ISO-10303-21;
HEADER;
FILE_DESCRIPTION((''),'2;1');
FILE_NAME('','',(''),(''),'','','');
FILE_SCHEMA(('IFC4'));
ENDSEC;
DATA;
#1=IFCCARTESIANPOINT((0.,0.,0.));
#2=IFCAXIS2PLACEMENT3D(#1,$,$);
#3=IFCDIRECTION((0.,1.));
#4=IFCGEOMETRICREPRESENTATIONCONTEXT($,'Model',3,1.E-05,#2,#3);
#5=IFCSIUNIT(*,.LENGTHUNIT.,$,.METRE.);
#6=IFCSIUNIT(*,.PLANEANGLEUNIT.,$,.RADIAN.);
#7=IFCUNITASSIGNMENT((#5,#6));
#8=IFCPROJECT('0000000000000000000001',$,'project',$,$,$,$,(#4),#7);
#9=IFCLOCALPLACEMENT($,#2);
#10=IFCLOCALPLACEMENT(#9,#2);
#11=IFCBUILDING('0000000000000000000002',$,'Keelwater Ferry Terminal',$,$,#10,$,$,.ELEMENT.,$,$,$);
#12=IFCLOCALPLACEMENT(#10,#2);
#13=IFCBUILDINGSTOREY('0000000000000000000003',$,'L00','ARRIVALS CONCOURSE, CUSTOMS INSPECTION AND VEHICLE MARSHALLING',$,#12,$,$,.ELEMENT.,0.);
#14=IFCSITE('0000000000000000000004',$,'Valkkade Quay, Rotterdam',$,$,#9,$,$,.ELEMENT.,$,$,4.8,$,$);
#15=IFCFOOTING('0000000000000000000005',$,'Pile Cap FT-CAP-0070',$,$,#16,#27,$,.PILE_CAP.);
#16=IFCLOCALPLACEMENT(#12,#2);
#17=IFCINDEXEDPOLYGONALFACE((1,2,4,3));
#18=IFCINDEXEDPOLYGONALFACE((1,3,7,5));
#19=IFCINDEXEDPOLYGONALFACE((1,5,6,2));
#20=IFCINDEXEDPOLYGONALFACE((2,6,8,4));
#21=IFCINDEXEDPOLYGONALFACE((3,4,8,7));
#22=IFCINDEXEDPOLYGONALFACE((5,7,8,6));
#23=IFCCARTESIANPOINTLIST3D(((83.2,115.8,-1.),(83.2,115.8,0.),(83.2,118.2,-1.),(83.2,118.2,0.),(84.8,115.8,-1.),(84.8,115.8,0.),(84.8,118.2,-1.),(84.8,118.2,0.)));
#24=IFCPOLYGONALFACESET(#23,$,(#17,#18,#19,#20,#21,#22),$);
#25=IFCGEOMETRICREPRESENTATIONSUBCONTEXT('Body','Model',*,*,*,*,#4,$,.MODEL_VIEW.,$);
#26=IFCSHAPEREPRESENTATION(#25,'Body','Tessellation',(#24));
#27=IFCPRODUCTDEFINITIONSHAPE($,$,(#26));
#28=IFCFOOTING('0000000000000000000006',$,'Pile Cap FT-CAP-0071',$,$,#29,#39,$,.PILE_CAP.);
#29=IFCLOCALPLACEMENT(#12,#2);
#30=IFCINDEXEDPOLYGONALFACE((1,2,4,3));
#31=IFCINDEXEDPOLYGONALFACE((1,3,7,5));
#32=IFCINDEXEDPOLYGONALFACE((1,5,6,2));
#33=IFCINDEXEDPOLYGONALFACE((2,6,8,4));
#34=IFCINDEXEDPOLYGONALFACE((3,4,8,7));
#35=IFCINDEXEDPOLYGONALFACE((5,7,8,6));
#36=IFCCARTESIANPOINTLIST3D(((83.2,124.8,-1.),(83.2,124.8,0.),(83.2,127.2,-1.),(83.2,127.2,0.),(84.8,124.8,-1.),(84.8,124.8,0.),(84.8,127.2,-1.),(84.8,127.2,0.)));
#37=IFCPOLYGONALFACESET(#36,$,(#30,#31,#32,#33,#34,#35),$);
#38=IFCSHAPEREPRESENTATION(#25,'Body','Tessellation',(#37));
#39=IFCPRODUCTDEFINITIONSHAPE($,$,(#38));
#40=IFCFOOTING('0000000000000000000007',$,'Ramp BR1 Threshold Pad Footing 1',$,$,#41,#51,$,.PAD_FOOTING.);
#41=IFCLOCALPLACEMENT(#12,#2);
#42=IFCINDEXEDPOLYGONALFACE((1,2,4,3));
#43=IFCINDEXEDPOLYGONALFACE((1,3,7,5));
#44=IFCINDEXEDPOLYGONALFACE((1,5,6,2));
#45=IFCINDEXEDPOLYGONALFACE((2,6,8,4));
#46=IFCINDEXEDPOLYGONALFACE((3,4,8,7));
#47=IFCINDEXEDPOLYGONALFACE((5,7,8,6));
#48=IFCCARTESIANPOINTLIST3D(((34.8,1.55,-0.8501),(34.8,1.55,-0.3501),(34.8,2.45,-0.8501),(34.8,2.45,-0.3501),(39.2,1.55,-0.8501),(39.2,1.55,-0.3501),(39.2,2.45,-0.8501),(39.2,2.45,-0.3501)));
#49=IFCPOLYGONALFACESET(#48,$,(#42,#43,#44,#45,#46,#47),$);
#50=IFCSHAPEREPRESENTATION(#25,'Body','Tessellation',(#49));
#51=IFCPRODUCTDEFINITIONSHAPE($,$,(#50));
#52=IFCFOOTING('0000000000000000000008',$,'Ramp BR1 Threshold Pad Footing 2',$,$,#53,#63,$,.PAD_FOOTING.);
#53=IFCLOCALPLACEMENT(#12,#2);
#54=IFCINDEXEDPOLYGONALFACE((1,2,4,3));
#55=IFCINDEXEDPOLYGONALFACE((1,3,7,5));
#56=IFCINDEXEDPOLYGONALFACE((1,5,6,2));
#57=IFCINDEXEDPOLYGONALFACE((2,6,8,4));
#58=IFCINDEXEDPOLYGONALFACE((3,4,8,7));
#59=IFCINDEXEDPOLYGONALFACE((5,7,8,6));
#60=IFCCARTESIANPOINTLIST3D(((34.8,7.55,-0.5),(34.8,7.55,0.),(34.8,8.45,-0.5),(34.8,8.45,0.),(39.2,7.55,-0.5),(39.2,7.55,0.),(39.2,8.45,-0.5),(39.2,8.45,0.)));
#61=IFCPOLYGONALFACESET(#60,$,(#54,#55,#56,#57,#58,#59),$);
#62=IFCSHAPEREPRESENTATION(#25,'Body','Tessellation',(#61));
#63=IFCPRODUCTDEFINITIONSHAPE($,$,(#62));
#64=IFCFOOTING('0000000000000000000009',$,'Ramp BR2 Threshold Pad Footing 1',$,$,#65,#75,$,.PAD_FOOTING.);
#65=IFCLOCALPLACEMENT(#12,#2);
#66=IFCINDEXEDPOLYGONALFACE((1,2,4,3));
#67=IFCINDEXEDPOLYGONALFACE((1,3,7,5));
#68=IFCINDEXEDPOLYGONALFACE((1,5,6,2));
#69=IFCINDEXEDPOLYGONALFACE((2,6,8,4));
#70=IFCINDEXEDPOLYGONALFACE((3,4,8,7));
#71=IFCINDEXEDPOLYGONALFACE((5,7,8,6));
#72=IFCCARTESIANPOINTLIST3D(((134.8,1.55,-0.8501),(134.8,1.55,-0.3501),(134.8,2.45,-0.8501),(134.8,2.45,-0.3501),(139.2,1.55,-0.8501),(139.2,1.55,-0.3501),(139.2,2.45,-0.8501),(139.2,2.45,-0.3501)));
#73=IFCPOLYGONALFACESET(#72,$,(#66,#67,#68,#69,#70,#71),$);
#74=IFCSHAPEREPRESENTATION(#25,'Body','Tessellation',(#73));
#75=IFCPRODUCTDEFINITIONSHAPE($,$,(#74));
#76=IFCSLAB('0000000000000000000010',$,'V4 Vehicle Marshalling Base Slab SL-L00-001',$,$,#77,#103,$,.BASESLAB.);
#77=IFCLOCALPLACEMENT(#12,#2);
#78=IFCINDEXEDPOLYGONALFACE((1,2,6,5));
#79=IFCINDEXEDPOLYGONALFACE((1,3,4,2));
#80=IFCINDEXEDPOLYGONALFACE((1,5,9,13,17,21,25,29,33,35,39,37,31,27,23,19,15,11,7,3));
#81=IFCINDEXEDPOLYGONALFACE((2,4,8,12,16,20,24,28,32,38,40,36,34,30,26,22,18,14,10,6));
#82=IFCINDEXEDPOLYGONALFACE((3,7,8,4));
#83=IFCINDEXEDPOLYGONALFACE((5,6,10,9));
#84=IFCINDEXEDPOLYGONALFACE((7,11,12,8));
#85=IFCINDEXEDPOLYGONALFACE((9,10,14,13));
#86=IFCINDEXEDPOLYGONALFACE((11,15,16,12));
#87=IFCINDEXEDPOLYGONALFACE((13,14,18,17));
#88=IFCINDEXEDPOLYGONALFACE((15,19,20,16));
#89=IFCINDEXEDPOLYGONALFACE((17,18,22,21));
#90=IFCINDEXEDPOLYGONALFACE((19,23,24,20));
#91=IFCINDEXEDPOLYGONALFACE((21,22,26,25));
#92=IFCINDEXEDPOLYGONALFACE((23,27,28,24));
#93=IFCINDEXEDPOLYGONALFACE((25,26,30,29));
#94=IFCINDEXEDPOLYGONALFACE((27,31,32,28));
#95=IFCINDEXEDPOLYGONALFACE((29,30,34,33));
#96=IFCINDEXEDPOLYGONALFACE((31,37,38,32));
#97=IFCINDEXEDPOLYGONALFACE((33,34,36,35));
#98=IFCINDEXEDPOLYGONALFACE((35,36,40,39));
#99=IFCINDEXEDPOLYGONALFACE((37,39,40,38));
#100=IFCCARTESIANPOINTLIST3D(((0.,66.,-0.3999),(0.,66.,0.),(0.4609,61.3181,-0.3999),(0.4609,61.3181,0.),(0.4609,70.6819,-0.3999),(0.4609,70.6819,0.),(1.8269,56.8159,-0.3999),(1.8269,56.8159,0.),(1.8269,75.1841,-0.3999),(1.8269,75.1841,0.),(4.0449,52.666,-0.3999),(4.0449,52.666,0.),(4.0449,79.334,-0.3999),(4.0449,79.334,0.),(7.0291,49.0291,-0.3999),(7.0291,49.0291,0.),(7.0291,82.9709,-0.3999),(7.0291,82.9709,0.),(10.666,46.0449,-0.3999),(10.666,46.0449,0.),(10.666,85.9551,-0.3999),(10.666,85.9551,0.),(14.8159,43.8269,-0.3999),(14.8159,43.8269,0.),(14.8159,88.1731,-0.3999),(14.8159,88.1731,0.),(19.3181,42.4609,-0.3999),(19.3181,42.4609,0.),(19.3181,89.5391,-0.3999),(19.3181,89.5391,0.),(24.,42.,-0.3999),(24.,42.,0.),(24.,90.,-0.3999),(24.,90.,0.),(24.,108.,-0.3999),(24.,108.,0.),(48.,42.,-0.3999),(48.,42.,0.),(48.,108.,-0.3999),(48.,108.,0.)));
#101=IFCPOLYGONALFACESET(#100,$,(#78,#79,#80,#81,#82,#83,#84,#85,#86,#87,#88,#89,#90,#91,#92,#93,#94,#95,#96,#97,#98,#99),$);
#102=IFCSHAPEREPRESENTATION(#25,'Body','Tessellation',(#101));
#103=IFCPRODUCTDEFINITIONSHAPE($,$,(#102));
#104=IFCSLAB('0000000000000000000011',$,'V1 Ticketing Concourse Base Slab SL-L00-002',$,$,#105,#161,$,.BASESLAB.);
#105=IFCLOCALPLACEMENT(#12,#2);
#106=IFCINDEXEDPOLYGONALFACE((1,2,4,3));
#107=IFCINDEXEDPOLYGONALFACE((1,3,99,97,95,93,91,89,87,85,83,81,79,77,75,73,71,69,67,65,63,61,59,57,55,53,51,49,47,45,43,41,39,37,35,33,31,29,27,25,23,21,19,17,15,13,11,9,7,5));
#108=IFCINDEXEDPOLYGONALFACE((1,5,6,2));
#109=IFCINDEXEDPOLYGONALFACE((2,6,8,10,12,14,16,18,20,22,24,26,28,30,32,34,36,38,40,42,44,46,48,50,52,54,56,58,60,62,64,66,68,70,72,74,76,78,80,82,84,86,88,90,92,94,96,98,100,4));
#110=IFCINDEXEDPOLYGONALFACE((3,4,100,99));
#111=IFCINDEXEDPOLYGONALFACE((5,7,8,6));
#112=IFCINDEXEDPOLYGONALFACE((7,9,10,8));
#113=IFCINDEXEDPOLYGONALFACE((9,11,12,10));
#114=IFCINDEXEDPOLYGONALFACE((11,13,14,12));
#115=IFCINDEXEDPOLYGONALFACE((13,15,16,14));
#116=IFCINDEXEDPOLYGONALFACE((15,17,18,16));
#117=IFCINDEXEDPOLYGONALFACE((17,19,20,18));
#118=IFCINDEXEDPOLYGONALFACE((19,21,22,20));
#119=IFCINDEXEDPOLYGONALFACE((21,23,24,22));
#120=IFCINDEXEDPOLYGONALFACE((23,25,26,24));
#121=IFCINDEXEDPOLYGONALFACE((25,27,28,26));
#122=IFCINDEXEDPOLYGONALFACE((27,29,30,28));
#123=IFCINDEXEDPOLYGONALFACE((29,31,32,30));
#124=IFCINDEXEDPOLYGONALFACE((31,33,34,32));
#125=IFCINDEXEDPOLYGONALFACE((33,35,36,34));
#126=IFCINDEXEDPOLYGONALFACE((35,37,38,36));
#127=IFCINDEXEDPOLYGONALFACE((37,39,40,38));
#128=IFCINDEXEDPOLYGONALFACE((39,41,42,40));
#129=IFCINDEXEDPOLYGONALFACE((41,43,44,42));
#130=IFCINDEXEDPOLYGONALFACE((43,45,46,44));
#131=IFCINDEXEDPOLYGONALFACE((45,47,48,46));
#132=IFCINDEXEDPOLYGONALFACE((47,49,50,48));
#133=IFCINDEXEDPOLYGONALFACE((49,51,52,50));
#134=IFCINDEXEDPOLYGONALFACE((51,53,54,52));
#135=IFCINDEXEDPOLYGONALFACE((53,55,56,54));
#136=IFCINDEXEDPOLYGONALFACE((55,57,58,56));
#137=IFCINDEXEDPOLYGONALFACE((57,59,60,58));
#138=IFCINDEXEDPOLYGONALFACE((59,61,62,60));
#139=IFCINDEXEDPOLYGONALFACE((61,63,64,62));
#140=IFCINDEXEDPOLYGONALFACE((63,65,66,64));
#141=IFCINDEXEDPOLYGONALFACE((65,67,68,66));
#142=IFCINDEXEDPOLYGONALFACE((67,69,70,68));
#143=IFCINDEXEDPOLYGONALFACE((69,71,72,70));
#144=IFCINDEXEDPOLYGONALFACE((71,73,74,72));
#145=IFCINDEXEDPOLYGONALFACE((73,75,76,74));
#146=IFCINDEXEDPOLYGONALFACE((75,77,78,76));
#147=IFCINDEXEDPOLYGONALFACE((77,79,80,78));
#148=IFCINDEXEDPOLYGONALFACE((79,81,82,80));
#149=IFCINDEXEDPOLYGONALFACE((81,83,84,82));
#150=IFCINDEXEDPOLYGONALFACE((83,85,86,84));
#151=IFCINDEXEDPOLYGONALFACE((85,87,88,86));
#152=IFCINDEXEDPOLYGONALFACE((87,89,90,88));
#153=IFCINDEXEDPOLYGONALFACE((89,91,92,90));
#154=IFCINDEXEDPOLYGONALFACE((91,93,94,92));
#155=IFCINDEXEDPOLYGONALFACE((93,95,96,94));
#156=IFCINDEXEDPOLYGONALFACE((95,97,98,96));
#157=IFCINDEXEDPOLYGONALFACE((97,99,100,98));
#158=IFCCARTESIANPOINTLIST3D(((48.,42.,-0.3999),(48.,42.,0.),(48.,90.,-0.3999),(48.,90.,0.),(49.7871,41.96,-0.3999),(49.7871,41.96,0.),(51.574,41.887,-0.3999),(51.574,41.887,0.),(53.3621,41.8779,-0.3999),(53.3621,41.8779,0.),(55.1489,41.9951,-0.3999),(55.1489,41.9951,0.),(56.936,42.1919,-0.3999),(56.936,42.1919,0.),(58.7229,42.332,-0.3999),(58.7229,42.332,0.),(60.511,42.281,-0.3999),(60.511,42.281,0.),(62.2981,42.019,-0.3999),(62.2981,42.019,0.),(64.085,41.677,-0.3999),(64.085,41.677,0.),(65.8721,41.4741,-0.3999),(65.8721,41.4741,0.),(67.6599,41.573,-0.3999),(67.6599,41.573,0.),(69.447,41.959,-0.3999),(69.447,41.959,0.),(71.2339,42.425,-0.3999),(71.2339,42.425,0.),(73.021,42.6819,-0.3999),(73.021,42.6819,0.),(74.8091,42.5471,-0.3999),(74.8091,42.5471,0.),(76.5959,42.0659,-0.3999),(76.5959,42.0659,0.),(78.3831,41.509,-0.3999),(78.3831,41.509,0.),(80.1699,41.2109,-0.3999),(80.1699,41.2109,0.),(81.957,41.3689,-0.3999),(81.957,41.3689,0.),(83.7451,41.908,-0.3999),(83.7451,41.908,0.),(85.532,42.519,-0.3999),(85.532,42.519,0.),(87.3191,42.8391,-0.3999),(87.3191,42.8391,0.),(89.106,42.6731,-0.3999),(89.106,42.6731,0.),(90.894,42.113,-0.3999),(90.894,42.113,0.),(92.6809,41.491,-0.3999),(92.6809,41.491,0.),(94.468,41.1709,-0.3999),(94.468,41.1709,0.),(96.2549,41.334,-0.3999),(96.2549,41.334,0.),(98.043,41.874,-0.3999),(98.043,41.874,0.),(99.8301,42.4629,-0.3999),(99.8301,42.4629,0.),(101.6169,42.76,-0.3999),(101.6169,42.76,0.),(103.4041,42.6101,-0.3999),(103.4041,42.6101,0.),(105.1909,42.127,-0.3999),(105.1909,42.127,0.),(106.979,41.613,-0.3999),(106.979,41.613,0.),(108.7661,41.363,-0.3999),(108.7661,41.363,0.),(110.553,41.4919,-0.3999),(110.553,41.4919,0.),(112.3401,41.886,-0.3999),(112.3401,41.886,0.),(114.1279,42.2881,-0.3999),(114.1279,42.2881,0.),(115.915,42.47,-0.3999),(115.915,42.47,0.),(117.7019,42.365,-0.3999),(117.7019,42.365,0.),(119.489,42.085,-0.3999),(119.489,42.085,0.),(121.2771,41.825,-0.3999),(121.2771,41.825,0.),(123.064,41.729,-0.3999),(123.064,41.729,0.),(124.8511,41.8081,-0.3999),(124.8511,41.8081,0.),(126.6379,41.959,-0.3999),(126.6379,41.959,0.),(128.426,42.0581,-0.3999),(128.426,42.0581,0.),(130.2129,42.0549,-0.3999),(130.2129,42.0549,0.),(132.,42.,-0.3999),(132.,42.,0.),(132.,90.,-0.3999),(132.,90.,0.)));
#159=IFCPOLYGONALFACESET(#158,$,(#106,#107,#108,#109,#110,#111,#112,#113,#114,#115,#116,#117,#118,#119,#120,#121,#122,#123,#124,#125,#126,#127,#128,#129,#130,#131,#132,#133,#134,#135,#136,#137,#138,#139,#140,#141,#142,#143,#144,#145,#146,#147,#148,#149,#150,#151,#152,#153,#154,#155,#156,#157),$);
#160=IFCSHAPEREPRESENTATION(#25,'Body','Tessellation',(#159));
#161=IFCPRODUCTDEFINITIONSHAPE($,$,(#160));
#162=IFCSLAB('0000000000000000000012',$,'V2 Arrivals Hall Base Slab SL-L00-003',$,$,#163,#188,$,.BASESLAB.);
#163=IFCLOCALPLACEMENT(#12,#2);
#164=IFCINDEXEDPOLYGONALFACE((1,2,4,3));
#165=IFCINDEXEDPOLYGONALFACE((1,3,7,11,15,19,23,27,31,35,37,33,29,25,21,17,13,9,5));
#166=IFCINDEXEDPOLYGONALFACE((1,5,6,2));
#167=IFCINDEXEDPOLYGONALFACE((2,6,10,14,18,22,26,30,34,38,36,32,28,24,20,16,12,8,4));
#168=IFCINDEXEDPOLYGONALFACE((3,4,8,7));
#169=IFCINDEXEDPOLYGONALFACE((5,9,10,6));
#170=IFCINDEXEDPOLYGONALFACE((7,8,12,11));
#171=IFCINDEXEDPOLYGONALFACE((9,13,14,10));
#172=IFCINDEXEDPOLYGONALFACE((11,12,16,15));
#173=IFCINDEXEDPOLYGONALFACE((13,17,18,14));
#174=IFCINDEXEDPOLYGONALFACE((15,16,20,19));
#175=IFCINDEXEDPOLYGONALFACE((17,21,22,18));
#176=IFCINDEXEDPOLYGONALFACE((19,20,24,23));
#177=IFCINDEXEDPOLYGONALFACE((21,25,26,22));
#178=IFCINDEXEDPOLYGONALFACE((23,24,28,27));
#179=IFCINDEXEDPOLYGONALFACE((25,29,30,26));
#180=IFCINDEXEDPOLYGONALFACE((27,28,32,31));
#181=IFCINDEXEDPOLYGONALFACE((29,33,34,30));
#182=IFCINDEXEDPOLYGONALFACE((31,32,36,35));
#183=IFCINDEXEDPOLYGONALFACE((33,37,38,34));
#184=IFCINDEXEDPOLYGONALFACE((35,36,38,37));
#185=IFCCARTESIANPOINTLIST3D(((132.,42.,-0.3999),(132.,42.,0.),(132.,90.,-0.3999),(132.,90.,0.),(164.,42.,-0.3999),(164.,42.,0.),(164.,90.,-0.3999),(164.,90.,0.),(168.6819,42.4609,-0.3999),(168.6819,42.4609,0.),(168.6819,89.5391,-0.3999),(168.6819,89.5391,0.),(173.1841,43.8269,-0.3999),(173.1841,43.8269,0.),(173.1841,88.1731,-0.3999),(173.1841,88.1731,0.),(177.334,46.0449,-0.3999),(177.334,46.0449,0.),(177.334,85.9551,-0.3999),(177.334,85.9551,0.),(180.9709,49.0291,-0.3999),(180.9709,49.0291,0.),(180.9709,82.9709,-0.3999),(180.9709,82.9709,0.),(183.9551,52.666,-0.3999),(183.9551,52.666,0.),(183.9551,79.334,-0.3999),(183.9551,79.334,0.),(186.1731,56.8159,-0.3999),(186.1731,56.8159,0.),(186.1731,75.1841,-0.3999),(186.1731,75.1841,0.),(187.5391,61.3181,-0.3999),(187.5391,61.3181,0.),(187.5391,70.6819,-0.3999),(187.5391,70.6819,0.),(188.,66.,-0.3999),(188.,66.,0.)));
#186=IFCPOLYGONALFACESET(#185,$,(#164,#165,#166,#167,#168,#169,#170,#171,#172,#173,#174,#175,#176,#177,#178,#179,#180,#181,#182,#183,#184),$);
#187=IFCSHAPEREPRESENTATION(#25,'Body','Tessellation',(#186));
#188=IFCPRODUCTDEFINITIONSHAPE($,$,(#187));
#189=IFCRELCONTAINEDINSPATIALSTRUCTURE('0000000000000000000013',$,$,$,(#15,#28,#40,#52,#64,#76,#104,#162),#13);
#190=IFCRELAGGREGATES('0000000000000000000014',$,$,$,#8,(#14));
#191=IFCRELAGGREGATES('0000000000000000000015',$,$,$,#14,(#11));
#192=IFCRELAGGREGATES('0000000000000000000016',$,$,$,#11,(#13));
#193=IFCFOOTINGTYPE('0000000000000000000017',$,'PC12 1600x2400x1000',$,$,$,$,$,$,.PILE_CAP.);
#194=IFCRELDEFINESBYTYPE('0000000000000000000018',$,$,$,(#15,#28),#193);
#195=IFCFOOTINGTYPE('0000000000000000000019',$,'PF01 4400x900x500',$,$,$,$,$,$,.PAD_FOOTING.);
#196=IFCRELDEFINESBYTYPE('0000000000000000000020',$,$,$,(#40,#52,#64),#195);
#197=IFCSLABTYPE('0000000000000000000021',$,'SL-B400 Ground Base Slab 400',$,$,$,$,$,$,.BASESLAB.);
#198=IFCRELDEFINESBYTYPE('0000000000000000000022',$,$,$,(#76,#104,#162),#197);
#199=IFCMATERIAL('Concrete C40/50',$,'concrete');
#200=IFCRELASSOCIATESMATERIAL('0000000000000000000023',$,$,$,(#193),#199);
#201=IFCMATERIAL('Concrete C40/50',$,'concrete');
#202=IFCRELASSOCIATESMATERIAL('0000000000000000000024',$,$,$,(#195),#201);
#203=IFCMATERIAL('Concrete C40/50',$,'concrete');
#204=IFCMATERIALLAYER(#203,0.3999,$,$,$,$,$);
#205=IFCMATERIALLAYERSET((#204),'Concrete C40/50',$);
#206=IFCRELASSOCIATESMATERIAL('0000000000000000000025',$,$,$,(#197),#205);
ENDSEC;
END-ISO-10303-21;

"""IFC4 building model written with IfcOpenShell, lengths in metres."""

from ifc_helpers import new_model, si_unit, direction, frame, origin, place, context, subcontext, project, spatial, polyline, outline, extrude, material, layer, layer_set, type_object, element, save


model = new_model("IFC4")

# Units and contexts
model_context = context("Model", 3, precision=1e-05, world=origin(), true_north=direction((0.0, 1.0)))
body_context = subcontext(model_context, "Body", "Model", "MODEL_VIEW")
ifc_project = project(units=[si_unit("LENGTHUNIT", "METRE"), si_unit("PLANEANGLEUNIT", "RADIAN")], contexts=[model_context])

# Site, building, storey
site_placement = place(None, origin())
site = spatial("IfcSite", under=ifc_project, at=site_placement, Name="Valkkade Quay, Rotterdam", CompositionType="ELEMENT", RefElevation=4.8)
building_placement = place(site_placement, origin())
building = spatial("IfcBuilding", under=site, at=building_placement, Name="Keelwater Ferry Terminal", CompositionType="ELEMENT")
storey_placement = place(building_placement, origin())
storey = spatial("IfcBuildingStorey", under=building, at=storey_placement, Name="L00", Description="ARRIVALS CONCOURSE, CUSTOMS INSPECTION AND VEHICLE MARSHALLING", CompositionType="ELEMENT", Elevation=0.0)

# Footings
ifc_material_1 = material(Name="Concrete C40/50", Category="concrete")
footing_type_1 = type_object("IfcFootingType", Name="PC12 1600x2400x1000", PredefinedType="PILE_CAP", material=ifc_material_1)
footing_1_placement = place(storey_placement, frame((0.0, 0.0, -1.0)))
element("IfcFooting", 1, at=footing_1_placement, inside=storey, type_object=footing_type_1, Name="Pile Cap FT-CAP-0070", PredefinedType="PILE_CAP", context=body_context, shape_type="SweptSolid", body=[
    extrude(outline(polyline([(83.2, 115.8), (84.8, 115.8), (84.8, 118.2), (83.2, 118.2), (83.2, 115.8)])), origin(), (0.0, 0.0, 1.0), 1.0),
])
footing_2_placement = place(storey_placement, frame((0.0, 0.0, -1.0)))
element("IfcFooting", 2, at=footing_2_placement, inside=storey, type_object=footing_type_1, Name="Pile Cap FT-CAP-0071", PredefinedType="PILE_CAP", context=body_context, shape_type="SweptSolid", body=[
    extrude(outline(polyline([(83.2, 124.8), (84.8, 124.8), (84.8, 127.2), (83.2, 127.2), (83.2, 124.8)])), origin(), (0.0, 0.0, 1.0), 1.0),
])
ifc_material_2 = material(Name="Concrete C40/50", Category="concrete")
footing_type_2 = type_object("IfcFootingType", Name="PF01 4400x900x500", PredefinedType="PAD_FOOTING", material=ifc_material_2)
footing_3_placement = place(storey_placement, frame((0.0, 0.0, -0.8501)))
element("IfcFooting", 3, at=footing_3_placement, inside=storey, type_object=footing_type_2, Name="Ramp BR1 Threshold Pad Footing 1", PredefinedType="PAD_FOOTING", context=body_context, shape_type="SweptSolid", body=[
    extrude(outline(polyline([(34.8, 1.55), (39.2, 1.55), (39.2, 2.45), (34.8, 2.45), (34.8, 1.55)])), origin(), (0.0, 0.0, 1.0), 0.5),
])
footing_4_placement = place(storey_placement, frame((0.0, 0.0, -0.5)))
element("IfcFooting", 4, at=footing_4_placement, inside=storey, type_object=footing_type_2, Name="Ramp BR1 Threshold Pad Footing 2", PredefinedType="PAD_FOOTING", context=body_context, shape_type="SweptSolid", body=[
    extrude(outline(polyline([(34.8, 7.55), (39.2, 7.55), (39.2, 8.45), (34.8, 8.45), (34.8, 7.55)])), origin(), (0.0, 0.0, 1.0), 0.5),
])
footing_5_placement = place(storey_placement, frame((0.0, 0.0, -0.8501)))
element("IfcFooting", 5, at=footing_5_placement, inside=storey, type_object=footing_type_2, Name="Ramp BR2 Threshold Pad Footing 1", PredefinedType="PAD_FOOTING", context=body_context, shape_type="SweptSolid", body=[
    extrude(outline(polyline([(134.8, 1.55), (139.2, 1.55), (139.2, 2.45), (134.8, 2.45), (134.8, 1.55)])), origin(), (0.0, 0.0, 1.0), 0.5),
])

# Slabs
ifc_material_3 = material(Name="Concrete C40/50", Category="concrete")
ifc_layer = layer(ifc_material_3, 0.3999)
ifc_layer_set = layer_set([ifc_layer], Name="Concrete C40/50")
slab_type = type_object("IfcSlabType", Name="SL-B400 Ground Base Slab 400", PredefinedType="BASESLAB", material=ifc_layer_set)
slab_1_placement = place(storey_placement, frame((0.0, 0.0, -0.3999)))
element("IfcSlab", 6, at=slab_1_placement, inside=storey, type_object=slab_type, Name="V4 Vehicle Marshalling Base Slab SL-L00-001", PredefinedType="BASESLAB", context=body_context, shape_type="SweptSolid", body=[
    extrude(outline(polyline([(48.0, 108.0), (24.0, 108.0), (24.0, 90.0), (19.3181, 89.5391), (14.8159, 88.1731), (10.666, 85.9551), (7.0291, 82.9709), (4.0449, 79.334), (1.8269, 75.1841), (0.4609, 70.6819), (0.0, 66.0), (0.4609, 61.3181), (1.8269, 56.8159), (4.0449, 52.666), (7.0291, 49.0291), (10.666, 46.0449), (14.8159, 43.8269), (19.3181, 42.4609), (24.0, 42.0), (48.0, 42.0), (48.0, 108.0)])), origin(), (0.0, 0.0, 1.0), 0.3999),
])
slab_2_placement = place(storey_placement, frame((0.0, 0.0, -0.3999)))
element("IfcSlab", 7, at=slab_2_placement, inside=storey, type_object=slab_type, Name="V1 Ticketing Concourse Base Slab SL-L00-002", PredefinedType="BASESLAB", context=body_context, shape_type="SweptSolid", body=[
    extrude(outline(polyline([(48.0, 42.0), (49.7871, 41.96), (51.574, 41.887), (53.3621, 41.8779), (55.1489, 41.9951), (56.936, 42.1919), (58.7229, 42.332), (60.511, 42.281), (62.2981, 42.019), (64.085, 41.677), (65.8721, 41.4741), (67.6599, 41.573), (69.447, 41.959), (71.2339, 42.425), (73.021, 42.6819), (74.8091, 42.5471), (76.5959, 42.0659), (78.3831, 41.509), (80.1699, 41.2109), (81.957, 41.3689), (83.7451, 41.908), (85.532, 42.519), (87.3191, 42.8391), (89.106, 42.6731), (90.894, 42.113), (92.6809, 41.491), (94.468, 41.1709), (96.2549, 41.334), (98.043, 41.874), (99.8301, 42.4629), (101.6169, 42.76), (103.4041, 42.6101), (105.1909, 42.127), (106.979, 41.613), (108.7661, 41.363), (110.553, 41.4919), (112.3401, 41.886), (114.1279, 42.2881), (115.915, 42.47), (117.7019, 42.365), (119.489, 42.085), (121.2771, 41.825), (123.064, 41.729), (124.8511, 41.8081), (126.6379, 41.959), (128.426, 42.0581), (130.2129, 42.0549), (132.0, 42.0), (132.0, 90.0), (48.0, 90.0), (48.0, 42.0)])), origin(), (0.0, 0.0, 1.0), 0.3999),
])
slab_3_placement = place(storey_placement, frame((0.0, 0.0, -0.3999)))
element("IfcSlab", 8, at=slab_3_placement, inside=storey, type_object=slab_type, Name="V2 Arrivals Hall Base Slab SL-L00-003", PredefinedType="BASESLAB", context=body_context, shape_type="SweptSolid", body=[
    extrude(outline(polyline([(132.0, 42.0), (164.0, 42.0), (168.6819, 42.4609), (173.1841, 43.8269), (177.334, 46.0449), (180.9709, 49.0291), (183.9551, 52.666), (186.1731, 56.8159), (187.5391, 61.3181), (188.0, 66.0), (187.5391, 70.6819), (186.1731, 75.1841), (183.9551, 79.334), (180.9709, 82.9709), (177.334, 85.9551), (173.1841, 88.1731), (168.6819, 89.5391), (164.0, 90.0), (132.0, 90.0), (132.0, 42.0)])), origin(), (0.0, 0.0, 1.0), 0.3999),
])

save(model, "model.ifc")
